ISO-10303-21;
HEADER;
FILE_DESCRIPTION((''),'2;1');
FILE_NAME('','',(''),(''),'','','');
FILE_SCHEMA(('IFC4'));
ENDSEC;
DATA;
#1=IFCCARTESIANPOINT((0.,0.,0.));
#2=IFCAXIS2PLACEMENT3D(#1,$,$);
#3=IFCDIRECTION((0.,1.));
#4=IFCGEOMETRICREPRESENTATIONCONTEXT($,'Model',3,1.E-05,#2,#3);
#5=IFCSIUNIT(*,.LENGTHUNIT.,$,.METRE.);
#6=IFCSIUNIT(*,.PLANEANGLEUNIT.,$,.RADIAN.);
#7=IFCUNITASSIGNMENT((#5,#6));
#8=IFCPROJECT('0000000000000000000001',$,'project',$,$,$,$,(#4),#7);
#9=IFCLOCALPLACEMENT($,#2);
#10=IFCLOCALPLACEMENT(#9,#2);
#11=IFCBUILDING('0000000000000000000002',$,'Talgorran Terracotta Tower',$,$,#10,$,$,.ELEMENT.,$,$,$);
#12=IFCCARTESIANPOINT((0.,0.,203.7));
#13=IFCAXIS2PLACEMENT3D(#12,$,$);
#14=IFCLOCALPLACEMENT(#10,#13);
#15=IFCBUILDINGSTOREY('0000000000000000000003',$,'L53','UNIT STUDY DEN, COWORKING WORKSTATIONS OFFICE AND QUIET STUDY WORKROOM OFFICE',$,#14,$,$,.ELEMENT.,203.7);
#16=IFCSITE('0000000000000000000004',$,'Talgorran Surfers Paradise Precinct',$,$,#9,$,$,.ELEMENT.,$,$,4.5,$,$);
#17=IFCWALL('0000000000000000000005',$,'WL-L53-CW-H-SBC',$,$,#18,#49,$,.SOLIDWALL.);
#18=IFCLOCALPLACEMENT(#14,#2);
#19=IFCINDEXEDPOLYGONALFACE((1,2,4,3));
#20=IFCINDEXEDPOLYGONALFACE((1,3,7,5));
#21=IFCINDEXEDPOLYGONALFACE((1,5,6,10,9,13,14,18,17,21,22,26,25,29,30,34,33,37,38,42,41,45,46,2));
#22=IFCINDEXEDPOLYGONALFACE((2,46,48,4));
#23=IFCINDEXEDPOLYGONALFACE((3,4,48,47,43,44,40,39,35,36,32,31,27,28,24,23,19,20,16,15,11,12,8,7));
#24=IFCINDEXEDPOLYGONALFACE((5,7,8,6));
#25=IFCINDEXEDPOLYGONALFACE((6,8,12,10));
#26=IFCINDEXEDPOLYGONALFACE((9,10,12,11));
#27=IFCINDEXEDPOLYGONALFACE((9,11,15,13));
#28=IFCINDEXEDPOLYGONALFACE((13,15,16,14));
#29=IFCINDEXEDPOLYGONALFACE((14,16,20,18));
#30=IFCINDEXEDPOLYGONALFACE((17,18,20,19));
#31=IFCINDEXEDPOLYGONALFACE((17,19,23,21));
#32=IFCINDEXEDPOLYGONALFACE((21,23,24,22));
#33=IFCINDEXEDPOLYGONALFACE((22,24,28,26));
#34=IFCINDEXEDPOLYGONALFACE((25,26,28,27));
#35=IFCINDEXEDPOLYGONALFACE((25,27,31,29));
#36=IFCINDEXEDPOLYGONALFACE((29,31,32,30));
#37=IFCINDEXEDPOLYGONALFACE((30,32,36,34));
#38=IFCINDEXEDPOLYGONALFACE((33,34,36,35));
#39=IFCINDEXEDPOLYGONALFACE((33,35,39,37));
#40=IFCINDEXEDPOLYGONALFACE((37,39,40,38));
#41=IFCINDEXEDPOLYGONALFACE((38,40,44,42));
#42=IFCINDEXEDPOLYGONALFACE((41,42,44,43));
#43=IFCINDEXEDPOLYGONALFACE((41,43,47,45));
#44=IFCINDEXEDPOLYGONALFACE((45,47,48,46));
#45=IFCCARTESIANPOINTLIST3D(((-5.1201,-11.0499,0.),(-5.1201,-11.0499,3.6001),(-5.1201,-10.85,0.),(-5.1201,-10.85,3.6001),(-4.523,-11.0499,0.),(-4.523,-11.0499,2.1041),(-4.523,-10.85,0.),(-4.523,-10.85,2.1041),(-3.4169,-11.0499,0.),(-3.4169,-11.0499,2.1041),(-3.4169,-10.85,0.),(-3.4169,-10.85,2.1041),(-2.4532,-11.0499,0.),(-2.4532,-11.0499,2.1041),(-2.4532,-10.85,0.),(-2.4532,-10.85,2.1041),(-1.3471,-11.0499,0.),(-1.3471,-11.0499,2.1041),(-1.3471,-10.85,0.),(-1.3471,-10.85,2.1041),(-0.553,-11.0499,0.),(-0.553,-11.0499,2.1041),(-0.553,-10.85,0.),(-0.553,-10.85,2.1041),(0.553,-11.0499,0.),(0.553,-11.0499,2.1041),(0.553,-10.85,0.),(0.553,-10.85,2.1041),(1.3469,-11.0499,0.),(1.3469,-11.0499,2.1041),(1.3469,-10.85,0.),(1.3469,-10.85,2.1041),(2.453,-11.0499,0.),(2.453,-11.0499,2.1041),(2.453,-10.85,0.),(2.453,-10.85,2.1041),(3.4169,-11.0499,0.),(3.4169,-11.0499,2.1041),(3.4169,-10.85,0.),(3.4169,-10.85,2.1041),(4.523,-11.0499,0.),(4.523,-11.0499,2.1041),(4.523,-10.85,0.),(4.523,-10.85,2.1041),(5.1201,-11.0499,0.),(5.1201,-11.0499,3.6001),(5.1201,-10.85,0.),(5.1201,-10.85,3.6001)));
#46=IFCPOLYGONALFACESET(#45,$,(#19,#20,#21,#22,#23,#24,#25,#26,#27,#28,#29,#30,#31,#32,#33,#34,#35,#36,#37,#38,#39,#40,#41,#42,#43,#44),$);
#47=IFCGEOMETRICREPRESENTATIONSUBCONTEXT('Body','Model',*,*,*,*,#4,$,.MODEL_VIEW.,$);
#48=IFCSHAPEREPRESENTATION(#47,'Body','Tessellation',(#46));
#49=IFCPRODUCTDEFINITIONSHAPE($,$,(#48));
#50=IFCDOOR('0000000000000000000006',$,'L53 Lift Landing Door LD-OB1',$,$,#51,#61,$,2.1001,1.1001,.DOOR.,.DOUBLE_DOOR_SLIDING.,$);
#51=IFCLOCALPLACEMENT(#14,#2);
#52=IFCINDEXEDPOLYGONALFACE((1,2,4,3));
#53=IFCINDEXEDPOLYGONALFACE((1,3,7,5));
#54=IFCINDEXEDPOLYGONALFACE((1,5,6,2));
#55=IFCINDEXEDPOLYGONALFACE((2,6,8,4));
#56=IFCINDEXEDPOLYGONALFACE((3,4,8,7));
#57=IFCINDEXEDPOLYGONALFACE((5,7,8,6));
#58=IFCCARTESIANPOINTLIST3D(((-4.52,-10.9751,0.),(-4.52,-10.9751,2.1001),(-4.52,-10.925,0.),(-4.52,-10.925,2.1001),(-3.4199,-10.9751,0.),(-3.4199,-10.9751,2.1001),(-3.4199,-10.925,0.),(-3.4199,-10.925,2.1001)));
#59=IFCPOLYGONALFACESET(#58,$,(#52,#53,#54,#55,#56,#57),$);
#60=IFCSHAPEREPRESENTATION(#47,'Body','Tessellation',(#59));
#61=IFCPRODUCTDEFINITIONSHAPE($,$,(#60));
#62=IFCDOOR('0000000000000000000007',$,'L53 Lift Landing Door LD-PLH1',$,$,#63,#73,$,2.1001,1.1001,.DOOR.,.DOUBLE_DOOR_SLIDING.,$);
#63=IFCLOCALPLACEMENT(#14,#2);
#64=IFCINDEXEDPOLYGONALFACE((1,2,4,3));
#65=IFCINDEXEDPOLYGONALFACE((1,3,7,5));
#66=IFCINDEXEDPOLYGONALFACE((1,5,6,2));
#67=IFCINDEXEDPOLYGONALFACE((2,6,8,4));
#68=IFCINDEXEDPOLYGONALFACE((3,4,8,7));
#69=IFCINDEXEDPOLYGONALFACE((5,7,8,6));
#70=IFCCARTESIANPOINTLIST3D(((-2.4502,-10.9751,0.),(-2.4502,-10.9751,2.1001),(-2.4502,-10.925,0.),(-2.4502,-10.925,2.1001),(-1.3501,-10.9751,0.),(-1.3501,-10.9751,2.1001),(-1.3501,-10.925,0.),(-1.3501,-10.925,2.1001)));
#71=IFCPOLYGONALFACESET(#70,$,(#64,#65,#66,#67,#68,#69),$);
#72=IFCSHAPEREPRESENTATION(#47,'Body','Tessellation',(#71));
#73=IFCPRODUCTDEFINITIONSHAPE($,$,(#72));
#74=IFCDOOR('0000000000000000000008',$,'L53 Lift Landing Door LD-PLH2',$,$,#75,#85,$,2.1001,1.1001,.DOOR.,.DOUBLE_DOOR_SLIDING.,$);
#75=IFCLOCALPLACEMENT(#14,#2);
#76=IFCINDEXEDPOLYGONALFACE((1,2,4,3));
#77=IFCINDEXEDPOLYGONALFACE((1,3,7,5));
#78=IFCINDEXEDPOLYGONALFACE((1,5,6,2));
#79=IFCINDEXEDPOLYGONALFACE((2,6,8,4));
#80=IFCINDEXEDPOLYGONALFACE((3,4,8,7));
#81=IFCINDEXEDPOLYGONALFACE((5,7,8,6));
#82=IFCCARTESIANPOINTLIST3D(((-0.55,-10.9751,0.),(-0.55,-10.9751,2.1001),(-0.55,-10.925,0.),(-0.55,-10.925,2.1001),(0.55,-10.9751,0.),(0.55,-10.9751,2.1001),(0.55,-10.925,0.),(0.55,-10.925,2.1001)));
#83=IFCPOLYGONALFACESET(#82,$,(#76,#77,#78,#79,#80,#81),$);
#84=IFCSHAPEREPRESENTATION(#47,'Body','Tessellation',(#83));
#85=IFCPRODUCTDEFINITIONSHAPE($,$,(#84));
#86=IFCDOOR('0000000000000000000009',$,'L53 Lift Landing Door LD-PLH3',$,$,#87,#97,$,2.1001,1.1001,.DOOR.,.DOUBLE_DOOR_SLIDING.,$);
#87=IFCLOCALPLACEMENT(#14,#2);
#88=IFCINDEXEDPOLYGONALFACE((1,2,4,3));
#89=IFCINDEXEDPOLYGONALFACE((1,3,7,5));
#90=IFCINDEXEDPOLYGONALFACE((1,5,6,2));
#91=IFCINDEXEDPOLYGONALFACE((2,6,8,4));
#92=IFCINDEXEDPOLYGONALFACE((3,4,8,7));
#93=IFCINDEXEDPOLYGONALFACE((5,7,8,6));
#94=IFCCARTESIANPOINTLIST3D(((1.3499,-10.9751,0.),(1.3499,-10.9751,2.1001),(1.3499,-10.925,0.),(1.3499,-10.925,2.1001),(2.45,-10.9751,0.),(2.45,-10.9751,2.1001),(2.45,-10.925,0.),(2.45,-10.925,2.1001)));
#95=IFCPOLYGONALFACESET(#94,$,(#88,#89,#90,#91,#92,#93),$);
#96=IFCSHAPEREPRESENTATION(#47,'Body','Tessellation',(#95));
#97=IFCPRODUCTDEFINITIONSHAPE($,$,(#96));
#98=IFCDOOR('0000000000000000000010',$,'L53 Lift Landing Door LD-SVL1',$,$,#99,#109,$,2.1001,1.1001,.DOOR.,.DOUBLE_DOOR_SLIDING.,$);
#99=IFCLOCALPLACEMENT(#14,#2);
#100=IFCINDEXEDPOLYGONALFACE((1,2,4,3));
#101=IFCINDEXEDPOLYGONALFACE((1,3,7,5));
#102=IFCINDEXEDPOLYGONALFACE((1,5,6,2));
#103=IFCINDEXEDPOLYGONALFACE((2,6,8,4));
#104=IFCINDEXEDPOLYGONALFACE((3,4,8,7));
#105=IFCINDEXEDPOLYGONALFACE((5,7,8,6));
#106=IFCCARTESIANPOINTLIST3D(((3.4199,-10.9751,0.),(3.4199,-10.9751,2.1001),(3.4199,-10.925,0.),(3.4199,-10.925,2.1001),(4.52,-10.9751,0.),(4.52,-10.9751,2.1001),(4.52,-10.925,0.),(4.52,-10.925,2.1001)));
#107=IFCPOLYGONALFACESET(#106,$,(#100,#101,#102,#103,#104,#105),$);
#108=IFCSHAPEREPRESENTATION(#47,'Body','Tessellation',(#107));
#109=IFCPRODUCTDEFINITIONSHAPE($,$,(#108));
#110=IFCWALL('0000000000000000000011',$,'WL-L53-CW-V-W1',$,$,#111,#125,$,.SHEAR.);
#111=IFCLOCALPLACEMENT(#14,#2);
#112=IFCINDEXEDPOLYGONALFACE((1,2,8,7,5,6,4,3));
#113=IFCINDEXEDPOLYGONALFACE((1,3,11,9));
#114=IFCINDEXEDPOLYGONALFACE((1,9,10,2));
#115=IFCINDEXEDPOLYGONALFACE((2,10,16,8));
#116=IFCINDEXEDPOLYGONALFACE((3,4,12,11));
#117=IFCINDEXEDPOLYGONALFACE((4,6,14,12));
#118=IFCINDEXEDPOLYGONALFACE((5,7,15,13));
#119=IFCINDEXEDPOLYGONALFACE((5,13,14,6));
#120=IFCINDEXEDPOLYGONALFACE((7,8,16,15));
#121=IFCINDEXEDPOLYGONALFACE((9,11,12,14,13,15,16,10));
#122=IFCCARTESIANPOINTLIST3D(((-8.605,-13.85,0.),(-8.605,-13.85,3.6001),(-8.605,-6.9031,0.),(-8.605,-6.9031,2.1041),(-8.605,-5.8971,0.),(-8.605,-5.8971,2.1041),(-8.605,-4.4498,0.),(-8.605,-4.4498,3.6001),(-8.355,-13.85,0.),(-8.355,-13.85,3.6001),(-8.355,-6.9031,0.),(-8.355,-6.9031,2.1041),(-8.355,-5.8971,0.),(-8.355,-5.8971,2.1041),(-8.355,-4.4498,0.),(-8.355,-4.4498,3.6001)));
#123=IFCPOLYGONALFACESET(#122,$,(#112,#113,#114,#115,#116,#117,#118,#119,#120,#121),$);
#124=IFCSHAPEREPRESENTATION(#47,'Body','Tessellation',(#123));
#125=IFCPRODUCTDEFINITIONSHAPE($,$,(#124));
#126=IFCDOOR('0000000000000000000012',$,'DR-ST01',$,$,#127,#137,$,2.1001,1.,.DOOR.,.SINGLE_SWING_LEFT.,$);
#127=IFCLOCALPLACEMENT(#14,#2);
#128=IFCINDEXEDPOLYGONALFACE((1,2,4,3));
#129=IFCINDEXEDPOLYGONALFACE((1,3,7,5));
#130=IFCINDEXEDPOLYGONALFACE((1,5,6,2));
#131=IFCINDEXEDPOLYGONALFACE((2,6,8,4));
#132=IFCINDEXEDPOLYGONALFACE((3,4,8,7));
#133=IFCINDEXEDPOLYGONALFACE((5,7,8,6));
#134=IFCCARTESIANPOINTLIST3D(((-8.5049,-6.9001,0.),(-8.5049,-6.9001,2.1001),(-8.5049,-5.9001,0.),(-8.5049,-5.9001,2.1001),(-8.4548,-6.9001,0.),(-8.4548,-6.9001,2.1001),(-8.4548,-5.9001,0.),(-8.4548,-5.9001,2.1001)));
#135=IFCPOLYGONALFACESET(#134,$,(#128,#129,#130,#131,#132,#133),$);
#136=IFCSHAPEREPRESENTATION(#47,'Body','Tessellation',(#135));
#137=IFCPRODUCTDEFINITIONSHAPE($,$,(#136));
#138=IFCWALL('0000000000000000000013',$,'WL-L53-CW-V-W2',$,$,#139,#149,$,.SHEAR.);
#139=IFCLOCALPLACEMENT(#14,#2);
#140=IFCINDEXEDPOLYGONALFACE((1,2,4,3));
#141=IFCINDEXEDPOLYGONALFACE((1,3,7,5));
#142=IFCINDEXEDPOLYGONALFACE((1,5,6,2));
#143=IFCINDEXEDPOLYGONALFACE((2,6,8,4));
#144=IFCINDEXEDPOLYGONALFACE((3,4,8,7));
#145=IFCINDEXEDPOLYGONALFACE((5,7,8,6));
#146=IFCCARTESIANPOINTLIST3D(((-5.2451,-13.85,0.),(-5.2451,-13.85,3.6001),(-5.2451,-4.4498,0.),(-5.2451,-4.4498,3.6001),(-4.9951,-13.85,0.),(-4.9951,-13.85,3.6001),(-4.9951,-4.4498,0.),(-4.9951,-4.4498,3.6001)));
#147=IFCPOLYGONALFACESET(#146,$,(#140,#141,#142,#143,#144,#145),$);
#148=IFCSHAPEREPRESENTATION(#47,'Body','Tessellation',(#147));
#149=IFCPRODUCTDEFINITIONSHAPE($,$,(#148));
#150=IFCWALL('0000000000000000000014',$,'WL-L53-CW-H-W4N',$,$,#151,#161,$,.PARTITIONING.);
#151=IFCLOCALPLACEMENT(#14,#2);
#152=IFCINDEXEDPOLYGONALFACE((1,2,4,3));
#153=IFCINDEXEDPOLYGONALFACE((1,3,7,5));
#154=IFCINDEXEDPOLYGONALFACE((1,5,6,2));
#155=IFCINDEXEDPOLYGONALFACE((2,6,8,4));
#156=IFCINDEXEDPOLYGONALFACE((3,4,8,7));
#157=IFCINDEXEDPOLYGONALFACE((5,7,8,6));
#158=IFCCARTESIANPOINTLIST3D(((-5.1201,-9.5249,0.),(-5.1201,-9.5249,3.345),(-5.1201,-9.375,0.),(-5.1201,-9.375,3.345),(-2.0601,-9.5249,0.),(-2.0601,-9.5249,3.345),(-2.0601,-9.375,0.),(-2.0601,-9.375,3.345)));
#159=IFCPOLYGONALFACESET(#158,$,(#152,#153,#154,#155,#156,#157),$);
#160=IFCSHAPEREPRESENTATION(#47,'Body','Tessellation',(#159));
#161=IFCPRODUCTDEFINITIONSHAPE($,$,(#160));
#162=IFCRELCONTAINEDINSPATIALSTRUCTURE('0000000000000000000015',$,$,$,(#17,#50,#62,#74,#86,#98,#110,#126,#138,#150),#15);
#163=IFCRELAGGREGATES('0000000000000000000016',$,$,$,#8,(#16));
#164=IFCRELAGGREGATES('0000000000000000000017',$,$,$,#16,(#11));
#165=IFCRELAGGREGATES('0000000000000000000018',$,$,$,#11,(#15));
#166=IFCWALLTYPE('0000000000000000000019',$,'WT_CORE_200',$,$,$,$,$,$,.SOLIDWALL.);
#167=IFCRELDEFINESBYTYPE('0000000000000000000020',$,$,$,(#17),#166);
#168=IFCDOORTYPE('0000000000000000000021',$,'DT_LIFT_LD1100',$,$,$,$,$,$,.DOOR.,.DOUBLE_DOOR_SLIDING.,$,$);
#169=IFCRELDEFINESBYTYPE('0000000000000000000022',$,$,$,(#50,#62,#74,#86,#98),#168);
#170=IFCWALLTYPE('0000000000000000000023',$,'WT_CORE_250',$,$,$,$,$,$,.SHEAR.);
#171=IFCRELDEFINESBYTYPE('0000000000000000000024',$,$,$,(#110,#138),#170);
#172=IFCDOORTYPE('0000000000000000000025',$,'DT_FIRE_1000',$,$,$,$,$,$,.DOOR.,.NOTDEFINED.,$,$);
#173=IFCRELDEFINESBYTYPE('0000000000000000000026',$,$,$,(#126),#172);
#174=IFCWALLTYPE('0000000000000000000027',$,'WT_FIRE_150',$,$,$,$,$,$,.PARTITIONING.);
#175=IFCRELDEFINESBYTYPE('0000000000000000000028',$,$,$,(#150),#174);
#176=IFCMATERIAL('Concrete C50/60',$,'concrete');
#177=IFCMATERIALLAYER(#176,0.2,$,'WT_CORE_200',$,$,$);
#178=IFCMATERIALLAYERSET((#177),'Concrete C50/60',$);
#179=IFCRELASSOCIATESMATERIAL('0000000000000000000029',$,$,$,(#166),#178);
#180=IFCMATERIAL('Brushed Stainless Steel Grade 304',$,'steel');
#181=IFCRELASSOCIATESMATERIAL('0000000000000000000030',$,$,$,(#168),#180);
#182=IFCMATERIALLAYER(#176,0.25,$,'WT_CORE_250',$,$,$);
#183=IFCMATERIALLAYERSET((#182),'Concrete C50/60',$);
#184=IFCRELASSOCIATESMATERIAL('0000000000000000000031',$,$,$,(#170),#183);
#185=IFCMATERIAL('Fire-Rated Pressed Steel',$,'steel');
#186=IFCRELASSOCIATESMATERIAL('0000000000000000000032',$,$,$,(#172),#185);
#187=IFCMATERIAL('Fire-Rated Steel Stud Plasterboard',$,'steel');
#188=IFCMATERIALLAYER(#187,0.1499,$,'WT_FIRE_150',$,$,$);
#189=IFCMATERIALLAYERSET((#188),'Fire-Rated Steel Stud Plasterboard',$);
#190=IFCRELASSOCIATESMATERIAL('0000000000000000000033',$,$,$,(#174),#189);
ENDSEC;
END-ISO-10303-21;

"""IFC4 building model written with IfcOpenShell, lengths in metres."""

from ifc_helpers import new_model, si_unit, direction, frame, frame_2d, origin, place, context, subcontext, project, spatial, rectangle, extrude, material, layer, layer_set, type_object, element, fill, save


model = new_model("IFC4")

# Units and contexts
model_context = context("Model", 3, precision=1e-05, world=origin(), true_north=direction((0.0, 1.0)))
body_context = subcontext(model_context, "Body", "Model", "MODEL_VIEW")
ifc_project = project(units=[si_unit("LENGTHUNIT", "METRE"), si_unit("PLANEANGLEUNIT", "RADIAN")], contexts=[model_context])

# Site, building, storey
site_placement = place(None, origin())
site = spatial("IfcSite", under=ifc_project, at=site_placement, Name="Talgorran Surfers Paradise Precinct", CompositionType="ELEMENT", RefElevation=4.5)
building_placement = place(site_placement, origin())
building = spatial("IfcBuilding", under=site, at=building_placement, Name="Talgorran Terracotta Tower", CompositionType="ELEMENT")
storey_placement = place(building_placement, frame((0.0, 0.0, 203.7)))
storey = spatial("IfcBuildingStorey", under=building, at=storey_placement, Name="L53", Description="UNIT STUDY DEN, COWORKING WORKSTATIONS OFFICE AND QUIET STUDY WORKROOM OFFICE", CompositionType="ELEMENT", Elevation=203.7)

# Shared definitions
ifc_material_1 = material(Name="Concrete C50/60", Category="concrete")

# Wall, openings, doors
ifc_layer_1 = layer(ifc_material_1, 0.2, Name="WT_CORE_200")
ifc_layer_set_1 = layer_set([ifc_layer_1], Name="Concrete C50/60")
wall_type_1 = type_object("IfcWallType", Name="WT_CORE_200", PredefinedType="SOLIDWALL", material=ifc_layer_set_1)
ifc_material_2 = material(Name="Brushed Stainless Steel Grade 304", Category="steel")
door_type_1 = type_object("IfcDoorType", Name="DT_LIFT_LD1100", OperationType="DOUBLE_DOOR_SLIDING", PredefinedType="DOOR", material=ifc_material_2)
ifc_material_3 = material(Name="Fire-Rated Pressed Steel", Category="steel")
wall_1_placement = place(storey_placement, frame((-5.1201, -10.95, 0.0), z_axis=(0.0, 0.0, 1.0), x_axis=(1.0, 0.0, 0.0)))
wall_1 = element("IfcWall", 1, at=wall_1_placement, inside=storey, type_object=wall_type_1, Name="WL-L53-CW-H-SBC", PredefinedType="SOLIDWALL", context=body_context, shape_type="SweptSolid", body=[
    extrude(rectangle(XDim=10.2402, YDim=0.2, at=frame_2d((5.1201, 0.0))), origin(), (0.0, 0.0, 1.0), 3.6001),
])
opening_1_placement = place(wall_1_placement, frame((0.6001, 0.0, 0.0)))
opening_1 = element("IfcOpeningElement", 2, at=opening_1_placement, cuts=wall_1, PredefinedType="OPENING", context=body_context, shape_type="SweptSolid", body=[
    extrude(rectangle(XDim=1.1061, YDim=2.1041, at=frame_2d((0.55, 1.052))), frame((0.0, 0.1099, 0.0), z_axis=(0.0, -1.0, 0.0), x_axis=(1.0, 0.0, 0.0)), (0.0, 0.0, 1.0), 0.22),
])
opening_2_placement = place(wall_1_placement, frame((2.6699, 0.0, 0.0)))
opening_2 = element("IfcOpeningElement", 3, at=opening_2_placement, cuts=wall_1, PredefinedType="OPENING", context=body_context, shape_type="SweptSolid", body=[
    extrude(rectangle(XDim=1.1061, YDim=2.1041, at=frame_2d((0.55, 1.052))), frame((0.0, 0.1099, 0.0), z_axis=(0.0, -1.0, 0.0), x_axis=(1.0, 0.0, 0.0)), (0.0, 0.0, 1.0), 0.22),
])
opening_3_placement = place(wall_1_placement, frame((4.5701, 0.0, 0.0)))
opening_3 = element("IfcOpeningElement", 4, at=opening_3_placement, cuts=wall_1, PredefinedType="OPENING", context=body_context, shape_type="SweptSolid", body=[
    extrude(rectangle(XDim=1.1061, YDim=2.1041, at=frame_2d((0.55, 1.052))), frame((0.0, 0.1099, 0.0), z_axis=(0.0, -1.0, 0.0), x_axis=(1.0, 0.0, 0.0)), (0.0, 0.0, 1.0), 0.22),
])
opening_4_placement = place(wall_1_placement, frame((6.47, 0.0, 0.0)))
opening_4 = element("IfcOpeningElement", 5, at=opening_4_placement, cuts=wall_1, PredefinedType="OPENING", context=body_context, shape_type="SweptSolid", body=[
    extrude(rectangle(XDim=1.1061, YDim=2.1041, at=frame_2d((0.55, 1.052))), frame((0.0, 0.1099, 0.0), z_axis=(0.0, -1.0, 0.0), x_axis=(1.0, 0.0, 0.0)), (0.0, 0.0, 1.0), 0.22),
])
opening_5_placement = place(wall_1_placement, frame((8.54, 0.0, 0.0)))
opening_5 = element("IfcOpeningElement", 6, at=opening_5_placement, cuts=wall_1, PredefinedType="OPENING", context=body_context, shape_type="SweptSolid", body=[
    extrude(rectangle(XDim=1.1061, YDim=2.1041, at=frame_2d((0.55, 1.052))), frame((0.0, 0.1099, 0.0), z_axis=(0.0, -1.0, 0.0), x_axis=(1.0, 0.0, 0.0)), (0.0, 0.0, 1.0), 0.22),
])
door_1_placement = place(opening_1_placement, origin())
door_1 = element("IfcDoor", 7, at=door_1_placement, inside=storey, type_object=door_type_1, Name="L53 Lift Landing Door LD-OB1", OperationType="DOUBLE_DOOR_SLIDING", OverallHeight=2.1001, OverallWidth=1.1001, PredefinedType="DOOR", context=body_context, shape_type="SweptSolid", body=[
    extrude(rectangle(XDim=1.1001, YDim=2.1001, at=frame_2d((0.55, 1.05))), frame((0.0, 0.0249, 0.0), z_axis=(0.0, -1.0, 0.0), x_axis=(1.0, 0.0, 0.0)), (0.0, 0.0, 1.0), 0.05),
])
fill(opening_1, door_1)
door_2_placement = place(opening_2_placement, origin())
door_2 = element("IfcDoor", 8, at=door_2_placement, inside=storey, type_object=door_type_1, Name="L53 Lift Landing Door LD-PLH1", OperationType="DOUBLE_DOOR_SLIDING", OverallHeight=2.1001, OverallWidth=1.1001, PredefinedType="DOOR", context=body_context, shape_type="SweptSolid", body=[
    extrude(rectangle(XDim=1.1001, YDim=2.1001, at=frame_2d((0.55, 1.05))), frame((0.0, 0.0249, 0.0), z_axis=(0.0, -1.0, 0.0), x_axis=(1.0, 0.0, 0.0)), (0.0, 0.0, 1.0), 0.05),
])
fill(opening_2, door_2)
door_3_placement = place(opening_3_placement, origin())
door_3 = element("IfcDoor", 9, at=door_3_placement, inside=storey, type_object=door_type_1, Name="L53 Lift Landing Door LD-PLH2", OperationType="DOUBLE_DOOR_SLIDING", OverallHeight=2.1001, OverallWidth=1.1001, PredefinedType="DOOR", context=body_context, shape_type="SweptSolid", body=[
    extrude(rectangle(XDim=1.1001, YDim=2.1001, at=frame_2d((0.55, 1.05))), frame((0.0, 0.0249, 0.0), z_axis=(0.0, -1.0, 0.0), x_axis=(1.0, 0.0, 0.0)), (0.0, 0.0, 1.0), 0.05),
])
fill(opening_3, door_3)
door_4_placement = place(opening_4_placement, origin())
door_4 = element("IfcDoor", 10, at=door_4_placement, inside=storey, type_object=door_type_1, Name="L53 Lift Landing Door LD-PLH3", OperationType="DOUBLE_DOOR_SLIDING", OverallHeight=2.1001, OverallWidth=1.1001, PredefinedType="DOOR", context=body_context, shape_type="SweptSolid", body=[
    extrude(rectangle(XDim=1.1001, YDim=2.1001, at=frame_2d((0.55, 1.05))), frame((0.0, 0.0249, 0.0), z_axis=(0.0, -1.0, 0.0), x_axis=(1.0, 0.0, 0.0)), (0.0, 0.0, 1.0), 0.05),
])
fill(opening_4, door_4)
door_5_placement = place(opening_5_placement, origin())
door_5 = element("IfcDoor", 11, at=door_5_placement, inside=storey, type_object=door_type_1, Name="L53 Lift Landing Door LD-SVL1", OperationType="DOUBLE_DOOR_SLIDING", OverallHeight=2.1001, OverallWidth=1.1001, PredefinedType="DOOR", context=body_context, shape_type="SweptSolid", body=[
    extrude(rectangle(XDim=1.1001, YDim=2.1001, at=frame_2d((0.55, 1.05))), frame((0.0, 0.0249, 0.0), z_axis=(0.0, -1.0, 0.0), x_axis=(1.0, 0.0, 0.0)), (0.0, 0.0, 1.0), 0.05),
])
fill(opening_5, door_5)

# Wall, opening, door
ifc_layer_2 = layer(ifc_material_1, 0.25, Name="WT_CORE_250")
ifc_layer_set_2 = layer_set([ifc_layer_2], Name="Concrete C50/60")
wall_type_2 = type_object("IfcWallType", Name="WT_CORE_250", PredefinedType="SHEAR", material=ifc_layer_set_2)
wall_2_placement = place(storey_placement, frame((-8.48, -13.8501, 0.0), z_axis=(0.0, 0.0, 1.0), x_axis=(0.0, 1.0, 0.0)))
wall_2 = element("IfcWall", 12, at=wall_2_placement, inside=storey, type_object=wall_type_2, Name="WL-L53-CW-V-W1", PredefinedType="SHEAR", context=body_context, shape_type="SweptSolid", body=[
    extrude(rectangle(XDim=9.4001, YDim=0.25, at=frame_2d((4.7002, 0.0))), origin(), (0.0, 0.0, 1.0), 3.6001),
])
opening_6_placement = place(wall_2_placement, frame((6.95, 0.0, 0.0)))
opening_6 = element("IfcOpeningElement", 13, at=opening_6_placement, cuts=wall_2, PredefinedType="OPENING", context=body_context, shape_type="SweptSolid", body=[
    extrude(rectangle(XDim=1.006, YDim=2.1041, at=frame_2d((0.5, 1.052))), frame((0.0, 0.135, 0.0), z_axis=(0.0, -1.0, 0.0), x_axis=(1.0, 0.0, 0.0)), (0.0, 0.0, 1.0), 0.27),
])
door_type_2 = type_object("IfcDoorType", Name="DT_FIRE_1000", OperationType="NOTDEFINED", PredefinedType="DOOR", material=ifc_material_3)
door_6_placement = place(opening_6_placement, origin())
door_6 = element("IfcDoor", 14, at=door_6_placement, inside=storey, type_object=door_type_2, Name="DR-ST01", OperationType="SINGLE_SWING_LEFT", OverallHeight=2.1001, OverallWidth=1.0, PredefinedType="DOOR", context=body_context, shape_type="SweptSolid", body=[
    extrude(rectangle(XDim=1.0, YDim=2.1001, at=frame_2d((0.5, 1.05))), frame((0.0, 0.0249, 0.0), z_axis=(0.0, -1.0, 0.0), x_axis=(1.0, 0.0, 0.0)), (0.0, 0.0, 1.0), 0.05),
])
fill(opening_6, door_6)

# Walls
wall_3_placement = place(storey_placement, frame((-5.1201, -13.8501, 0.0), z_axis=(0.0, 0.0, 1.0), x_axis=(0.0, 1.0, 0.0)))
element("IfcWall", 15, at=wall_3_placement, inside=storey, type_object=wall_type_2, Name="WL-L53-CW-V-W2", PredefinedType="SHEAR", context=body_context, shape_type="SweptSolid", body=[
    extrude(rectangle(XDim=9.4001, YDim=0.25, at=frame_2d((4.7002, 0.0))), origin(), (0.0, 0.0, 1.0), 3.6001),
])
ifc_material_4 = material(Name="Fire-Rated Steel Stud Plasterboard", Category="steel")
ifc_layer_3 = layer(ifc_material_4, 0.1499, Name="WT_FIRE_150")
ifc_layer_set_3 = layer_set([ifc_layer_3], Name="Fire-Rated Steel Stud Plasterboard")
wall_type_3 = type_object("IfcWallType", Name="WT_FIRE_150", PredefinedType="PARTITIONING", material=ifc_layer_set_3)
wall_4_placement = place(storey_placement, frame((-5.1201, -9.45, 0.0), z_axis=(0.0, 0.0, 1.0), x_axis=(1.0, 0.0, 0.0)))
element("IfcWall", 16, at=wall_4_placement, inside=storey, type_object=wall_type_3, Name="WL-L53-CW-H-W4N", PredefinedType="PARTITIONING", context=body_context, shape_type="SweptSolid", body=[
    extrude(rectangle(XDim=3.0601, YDim=0.1499, at=frame_2d((1.53, 0.0))), origin(), (0.0, 0.0, 1.0), 3.345),
])

save(model, "model.ifc")
